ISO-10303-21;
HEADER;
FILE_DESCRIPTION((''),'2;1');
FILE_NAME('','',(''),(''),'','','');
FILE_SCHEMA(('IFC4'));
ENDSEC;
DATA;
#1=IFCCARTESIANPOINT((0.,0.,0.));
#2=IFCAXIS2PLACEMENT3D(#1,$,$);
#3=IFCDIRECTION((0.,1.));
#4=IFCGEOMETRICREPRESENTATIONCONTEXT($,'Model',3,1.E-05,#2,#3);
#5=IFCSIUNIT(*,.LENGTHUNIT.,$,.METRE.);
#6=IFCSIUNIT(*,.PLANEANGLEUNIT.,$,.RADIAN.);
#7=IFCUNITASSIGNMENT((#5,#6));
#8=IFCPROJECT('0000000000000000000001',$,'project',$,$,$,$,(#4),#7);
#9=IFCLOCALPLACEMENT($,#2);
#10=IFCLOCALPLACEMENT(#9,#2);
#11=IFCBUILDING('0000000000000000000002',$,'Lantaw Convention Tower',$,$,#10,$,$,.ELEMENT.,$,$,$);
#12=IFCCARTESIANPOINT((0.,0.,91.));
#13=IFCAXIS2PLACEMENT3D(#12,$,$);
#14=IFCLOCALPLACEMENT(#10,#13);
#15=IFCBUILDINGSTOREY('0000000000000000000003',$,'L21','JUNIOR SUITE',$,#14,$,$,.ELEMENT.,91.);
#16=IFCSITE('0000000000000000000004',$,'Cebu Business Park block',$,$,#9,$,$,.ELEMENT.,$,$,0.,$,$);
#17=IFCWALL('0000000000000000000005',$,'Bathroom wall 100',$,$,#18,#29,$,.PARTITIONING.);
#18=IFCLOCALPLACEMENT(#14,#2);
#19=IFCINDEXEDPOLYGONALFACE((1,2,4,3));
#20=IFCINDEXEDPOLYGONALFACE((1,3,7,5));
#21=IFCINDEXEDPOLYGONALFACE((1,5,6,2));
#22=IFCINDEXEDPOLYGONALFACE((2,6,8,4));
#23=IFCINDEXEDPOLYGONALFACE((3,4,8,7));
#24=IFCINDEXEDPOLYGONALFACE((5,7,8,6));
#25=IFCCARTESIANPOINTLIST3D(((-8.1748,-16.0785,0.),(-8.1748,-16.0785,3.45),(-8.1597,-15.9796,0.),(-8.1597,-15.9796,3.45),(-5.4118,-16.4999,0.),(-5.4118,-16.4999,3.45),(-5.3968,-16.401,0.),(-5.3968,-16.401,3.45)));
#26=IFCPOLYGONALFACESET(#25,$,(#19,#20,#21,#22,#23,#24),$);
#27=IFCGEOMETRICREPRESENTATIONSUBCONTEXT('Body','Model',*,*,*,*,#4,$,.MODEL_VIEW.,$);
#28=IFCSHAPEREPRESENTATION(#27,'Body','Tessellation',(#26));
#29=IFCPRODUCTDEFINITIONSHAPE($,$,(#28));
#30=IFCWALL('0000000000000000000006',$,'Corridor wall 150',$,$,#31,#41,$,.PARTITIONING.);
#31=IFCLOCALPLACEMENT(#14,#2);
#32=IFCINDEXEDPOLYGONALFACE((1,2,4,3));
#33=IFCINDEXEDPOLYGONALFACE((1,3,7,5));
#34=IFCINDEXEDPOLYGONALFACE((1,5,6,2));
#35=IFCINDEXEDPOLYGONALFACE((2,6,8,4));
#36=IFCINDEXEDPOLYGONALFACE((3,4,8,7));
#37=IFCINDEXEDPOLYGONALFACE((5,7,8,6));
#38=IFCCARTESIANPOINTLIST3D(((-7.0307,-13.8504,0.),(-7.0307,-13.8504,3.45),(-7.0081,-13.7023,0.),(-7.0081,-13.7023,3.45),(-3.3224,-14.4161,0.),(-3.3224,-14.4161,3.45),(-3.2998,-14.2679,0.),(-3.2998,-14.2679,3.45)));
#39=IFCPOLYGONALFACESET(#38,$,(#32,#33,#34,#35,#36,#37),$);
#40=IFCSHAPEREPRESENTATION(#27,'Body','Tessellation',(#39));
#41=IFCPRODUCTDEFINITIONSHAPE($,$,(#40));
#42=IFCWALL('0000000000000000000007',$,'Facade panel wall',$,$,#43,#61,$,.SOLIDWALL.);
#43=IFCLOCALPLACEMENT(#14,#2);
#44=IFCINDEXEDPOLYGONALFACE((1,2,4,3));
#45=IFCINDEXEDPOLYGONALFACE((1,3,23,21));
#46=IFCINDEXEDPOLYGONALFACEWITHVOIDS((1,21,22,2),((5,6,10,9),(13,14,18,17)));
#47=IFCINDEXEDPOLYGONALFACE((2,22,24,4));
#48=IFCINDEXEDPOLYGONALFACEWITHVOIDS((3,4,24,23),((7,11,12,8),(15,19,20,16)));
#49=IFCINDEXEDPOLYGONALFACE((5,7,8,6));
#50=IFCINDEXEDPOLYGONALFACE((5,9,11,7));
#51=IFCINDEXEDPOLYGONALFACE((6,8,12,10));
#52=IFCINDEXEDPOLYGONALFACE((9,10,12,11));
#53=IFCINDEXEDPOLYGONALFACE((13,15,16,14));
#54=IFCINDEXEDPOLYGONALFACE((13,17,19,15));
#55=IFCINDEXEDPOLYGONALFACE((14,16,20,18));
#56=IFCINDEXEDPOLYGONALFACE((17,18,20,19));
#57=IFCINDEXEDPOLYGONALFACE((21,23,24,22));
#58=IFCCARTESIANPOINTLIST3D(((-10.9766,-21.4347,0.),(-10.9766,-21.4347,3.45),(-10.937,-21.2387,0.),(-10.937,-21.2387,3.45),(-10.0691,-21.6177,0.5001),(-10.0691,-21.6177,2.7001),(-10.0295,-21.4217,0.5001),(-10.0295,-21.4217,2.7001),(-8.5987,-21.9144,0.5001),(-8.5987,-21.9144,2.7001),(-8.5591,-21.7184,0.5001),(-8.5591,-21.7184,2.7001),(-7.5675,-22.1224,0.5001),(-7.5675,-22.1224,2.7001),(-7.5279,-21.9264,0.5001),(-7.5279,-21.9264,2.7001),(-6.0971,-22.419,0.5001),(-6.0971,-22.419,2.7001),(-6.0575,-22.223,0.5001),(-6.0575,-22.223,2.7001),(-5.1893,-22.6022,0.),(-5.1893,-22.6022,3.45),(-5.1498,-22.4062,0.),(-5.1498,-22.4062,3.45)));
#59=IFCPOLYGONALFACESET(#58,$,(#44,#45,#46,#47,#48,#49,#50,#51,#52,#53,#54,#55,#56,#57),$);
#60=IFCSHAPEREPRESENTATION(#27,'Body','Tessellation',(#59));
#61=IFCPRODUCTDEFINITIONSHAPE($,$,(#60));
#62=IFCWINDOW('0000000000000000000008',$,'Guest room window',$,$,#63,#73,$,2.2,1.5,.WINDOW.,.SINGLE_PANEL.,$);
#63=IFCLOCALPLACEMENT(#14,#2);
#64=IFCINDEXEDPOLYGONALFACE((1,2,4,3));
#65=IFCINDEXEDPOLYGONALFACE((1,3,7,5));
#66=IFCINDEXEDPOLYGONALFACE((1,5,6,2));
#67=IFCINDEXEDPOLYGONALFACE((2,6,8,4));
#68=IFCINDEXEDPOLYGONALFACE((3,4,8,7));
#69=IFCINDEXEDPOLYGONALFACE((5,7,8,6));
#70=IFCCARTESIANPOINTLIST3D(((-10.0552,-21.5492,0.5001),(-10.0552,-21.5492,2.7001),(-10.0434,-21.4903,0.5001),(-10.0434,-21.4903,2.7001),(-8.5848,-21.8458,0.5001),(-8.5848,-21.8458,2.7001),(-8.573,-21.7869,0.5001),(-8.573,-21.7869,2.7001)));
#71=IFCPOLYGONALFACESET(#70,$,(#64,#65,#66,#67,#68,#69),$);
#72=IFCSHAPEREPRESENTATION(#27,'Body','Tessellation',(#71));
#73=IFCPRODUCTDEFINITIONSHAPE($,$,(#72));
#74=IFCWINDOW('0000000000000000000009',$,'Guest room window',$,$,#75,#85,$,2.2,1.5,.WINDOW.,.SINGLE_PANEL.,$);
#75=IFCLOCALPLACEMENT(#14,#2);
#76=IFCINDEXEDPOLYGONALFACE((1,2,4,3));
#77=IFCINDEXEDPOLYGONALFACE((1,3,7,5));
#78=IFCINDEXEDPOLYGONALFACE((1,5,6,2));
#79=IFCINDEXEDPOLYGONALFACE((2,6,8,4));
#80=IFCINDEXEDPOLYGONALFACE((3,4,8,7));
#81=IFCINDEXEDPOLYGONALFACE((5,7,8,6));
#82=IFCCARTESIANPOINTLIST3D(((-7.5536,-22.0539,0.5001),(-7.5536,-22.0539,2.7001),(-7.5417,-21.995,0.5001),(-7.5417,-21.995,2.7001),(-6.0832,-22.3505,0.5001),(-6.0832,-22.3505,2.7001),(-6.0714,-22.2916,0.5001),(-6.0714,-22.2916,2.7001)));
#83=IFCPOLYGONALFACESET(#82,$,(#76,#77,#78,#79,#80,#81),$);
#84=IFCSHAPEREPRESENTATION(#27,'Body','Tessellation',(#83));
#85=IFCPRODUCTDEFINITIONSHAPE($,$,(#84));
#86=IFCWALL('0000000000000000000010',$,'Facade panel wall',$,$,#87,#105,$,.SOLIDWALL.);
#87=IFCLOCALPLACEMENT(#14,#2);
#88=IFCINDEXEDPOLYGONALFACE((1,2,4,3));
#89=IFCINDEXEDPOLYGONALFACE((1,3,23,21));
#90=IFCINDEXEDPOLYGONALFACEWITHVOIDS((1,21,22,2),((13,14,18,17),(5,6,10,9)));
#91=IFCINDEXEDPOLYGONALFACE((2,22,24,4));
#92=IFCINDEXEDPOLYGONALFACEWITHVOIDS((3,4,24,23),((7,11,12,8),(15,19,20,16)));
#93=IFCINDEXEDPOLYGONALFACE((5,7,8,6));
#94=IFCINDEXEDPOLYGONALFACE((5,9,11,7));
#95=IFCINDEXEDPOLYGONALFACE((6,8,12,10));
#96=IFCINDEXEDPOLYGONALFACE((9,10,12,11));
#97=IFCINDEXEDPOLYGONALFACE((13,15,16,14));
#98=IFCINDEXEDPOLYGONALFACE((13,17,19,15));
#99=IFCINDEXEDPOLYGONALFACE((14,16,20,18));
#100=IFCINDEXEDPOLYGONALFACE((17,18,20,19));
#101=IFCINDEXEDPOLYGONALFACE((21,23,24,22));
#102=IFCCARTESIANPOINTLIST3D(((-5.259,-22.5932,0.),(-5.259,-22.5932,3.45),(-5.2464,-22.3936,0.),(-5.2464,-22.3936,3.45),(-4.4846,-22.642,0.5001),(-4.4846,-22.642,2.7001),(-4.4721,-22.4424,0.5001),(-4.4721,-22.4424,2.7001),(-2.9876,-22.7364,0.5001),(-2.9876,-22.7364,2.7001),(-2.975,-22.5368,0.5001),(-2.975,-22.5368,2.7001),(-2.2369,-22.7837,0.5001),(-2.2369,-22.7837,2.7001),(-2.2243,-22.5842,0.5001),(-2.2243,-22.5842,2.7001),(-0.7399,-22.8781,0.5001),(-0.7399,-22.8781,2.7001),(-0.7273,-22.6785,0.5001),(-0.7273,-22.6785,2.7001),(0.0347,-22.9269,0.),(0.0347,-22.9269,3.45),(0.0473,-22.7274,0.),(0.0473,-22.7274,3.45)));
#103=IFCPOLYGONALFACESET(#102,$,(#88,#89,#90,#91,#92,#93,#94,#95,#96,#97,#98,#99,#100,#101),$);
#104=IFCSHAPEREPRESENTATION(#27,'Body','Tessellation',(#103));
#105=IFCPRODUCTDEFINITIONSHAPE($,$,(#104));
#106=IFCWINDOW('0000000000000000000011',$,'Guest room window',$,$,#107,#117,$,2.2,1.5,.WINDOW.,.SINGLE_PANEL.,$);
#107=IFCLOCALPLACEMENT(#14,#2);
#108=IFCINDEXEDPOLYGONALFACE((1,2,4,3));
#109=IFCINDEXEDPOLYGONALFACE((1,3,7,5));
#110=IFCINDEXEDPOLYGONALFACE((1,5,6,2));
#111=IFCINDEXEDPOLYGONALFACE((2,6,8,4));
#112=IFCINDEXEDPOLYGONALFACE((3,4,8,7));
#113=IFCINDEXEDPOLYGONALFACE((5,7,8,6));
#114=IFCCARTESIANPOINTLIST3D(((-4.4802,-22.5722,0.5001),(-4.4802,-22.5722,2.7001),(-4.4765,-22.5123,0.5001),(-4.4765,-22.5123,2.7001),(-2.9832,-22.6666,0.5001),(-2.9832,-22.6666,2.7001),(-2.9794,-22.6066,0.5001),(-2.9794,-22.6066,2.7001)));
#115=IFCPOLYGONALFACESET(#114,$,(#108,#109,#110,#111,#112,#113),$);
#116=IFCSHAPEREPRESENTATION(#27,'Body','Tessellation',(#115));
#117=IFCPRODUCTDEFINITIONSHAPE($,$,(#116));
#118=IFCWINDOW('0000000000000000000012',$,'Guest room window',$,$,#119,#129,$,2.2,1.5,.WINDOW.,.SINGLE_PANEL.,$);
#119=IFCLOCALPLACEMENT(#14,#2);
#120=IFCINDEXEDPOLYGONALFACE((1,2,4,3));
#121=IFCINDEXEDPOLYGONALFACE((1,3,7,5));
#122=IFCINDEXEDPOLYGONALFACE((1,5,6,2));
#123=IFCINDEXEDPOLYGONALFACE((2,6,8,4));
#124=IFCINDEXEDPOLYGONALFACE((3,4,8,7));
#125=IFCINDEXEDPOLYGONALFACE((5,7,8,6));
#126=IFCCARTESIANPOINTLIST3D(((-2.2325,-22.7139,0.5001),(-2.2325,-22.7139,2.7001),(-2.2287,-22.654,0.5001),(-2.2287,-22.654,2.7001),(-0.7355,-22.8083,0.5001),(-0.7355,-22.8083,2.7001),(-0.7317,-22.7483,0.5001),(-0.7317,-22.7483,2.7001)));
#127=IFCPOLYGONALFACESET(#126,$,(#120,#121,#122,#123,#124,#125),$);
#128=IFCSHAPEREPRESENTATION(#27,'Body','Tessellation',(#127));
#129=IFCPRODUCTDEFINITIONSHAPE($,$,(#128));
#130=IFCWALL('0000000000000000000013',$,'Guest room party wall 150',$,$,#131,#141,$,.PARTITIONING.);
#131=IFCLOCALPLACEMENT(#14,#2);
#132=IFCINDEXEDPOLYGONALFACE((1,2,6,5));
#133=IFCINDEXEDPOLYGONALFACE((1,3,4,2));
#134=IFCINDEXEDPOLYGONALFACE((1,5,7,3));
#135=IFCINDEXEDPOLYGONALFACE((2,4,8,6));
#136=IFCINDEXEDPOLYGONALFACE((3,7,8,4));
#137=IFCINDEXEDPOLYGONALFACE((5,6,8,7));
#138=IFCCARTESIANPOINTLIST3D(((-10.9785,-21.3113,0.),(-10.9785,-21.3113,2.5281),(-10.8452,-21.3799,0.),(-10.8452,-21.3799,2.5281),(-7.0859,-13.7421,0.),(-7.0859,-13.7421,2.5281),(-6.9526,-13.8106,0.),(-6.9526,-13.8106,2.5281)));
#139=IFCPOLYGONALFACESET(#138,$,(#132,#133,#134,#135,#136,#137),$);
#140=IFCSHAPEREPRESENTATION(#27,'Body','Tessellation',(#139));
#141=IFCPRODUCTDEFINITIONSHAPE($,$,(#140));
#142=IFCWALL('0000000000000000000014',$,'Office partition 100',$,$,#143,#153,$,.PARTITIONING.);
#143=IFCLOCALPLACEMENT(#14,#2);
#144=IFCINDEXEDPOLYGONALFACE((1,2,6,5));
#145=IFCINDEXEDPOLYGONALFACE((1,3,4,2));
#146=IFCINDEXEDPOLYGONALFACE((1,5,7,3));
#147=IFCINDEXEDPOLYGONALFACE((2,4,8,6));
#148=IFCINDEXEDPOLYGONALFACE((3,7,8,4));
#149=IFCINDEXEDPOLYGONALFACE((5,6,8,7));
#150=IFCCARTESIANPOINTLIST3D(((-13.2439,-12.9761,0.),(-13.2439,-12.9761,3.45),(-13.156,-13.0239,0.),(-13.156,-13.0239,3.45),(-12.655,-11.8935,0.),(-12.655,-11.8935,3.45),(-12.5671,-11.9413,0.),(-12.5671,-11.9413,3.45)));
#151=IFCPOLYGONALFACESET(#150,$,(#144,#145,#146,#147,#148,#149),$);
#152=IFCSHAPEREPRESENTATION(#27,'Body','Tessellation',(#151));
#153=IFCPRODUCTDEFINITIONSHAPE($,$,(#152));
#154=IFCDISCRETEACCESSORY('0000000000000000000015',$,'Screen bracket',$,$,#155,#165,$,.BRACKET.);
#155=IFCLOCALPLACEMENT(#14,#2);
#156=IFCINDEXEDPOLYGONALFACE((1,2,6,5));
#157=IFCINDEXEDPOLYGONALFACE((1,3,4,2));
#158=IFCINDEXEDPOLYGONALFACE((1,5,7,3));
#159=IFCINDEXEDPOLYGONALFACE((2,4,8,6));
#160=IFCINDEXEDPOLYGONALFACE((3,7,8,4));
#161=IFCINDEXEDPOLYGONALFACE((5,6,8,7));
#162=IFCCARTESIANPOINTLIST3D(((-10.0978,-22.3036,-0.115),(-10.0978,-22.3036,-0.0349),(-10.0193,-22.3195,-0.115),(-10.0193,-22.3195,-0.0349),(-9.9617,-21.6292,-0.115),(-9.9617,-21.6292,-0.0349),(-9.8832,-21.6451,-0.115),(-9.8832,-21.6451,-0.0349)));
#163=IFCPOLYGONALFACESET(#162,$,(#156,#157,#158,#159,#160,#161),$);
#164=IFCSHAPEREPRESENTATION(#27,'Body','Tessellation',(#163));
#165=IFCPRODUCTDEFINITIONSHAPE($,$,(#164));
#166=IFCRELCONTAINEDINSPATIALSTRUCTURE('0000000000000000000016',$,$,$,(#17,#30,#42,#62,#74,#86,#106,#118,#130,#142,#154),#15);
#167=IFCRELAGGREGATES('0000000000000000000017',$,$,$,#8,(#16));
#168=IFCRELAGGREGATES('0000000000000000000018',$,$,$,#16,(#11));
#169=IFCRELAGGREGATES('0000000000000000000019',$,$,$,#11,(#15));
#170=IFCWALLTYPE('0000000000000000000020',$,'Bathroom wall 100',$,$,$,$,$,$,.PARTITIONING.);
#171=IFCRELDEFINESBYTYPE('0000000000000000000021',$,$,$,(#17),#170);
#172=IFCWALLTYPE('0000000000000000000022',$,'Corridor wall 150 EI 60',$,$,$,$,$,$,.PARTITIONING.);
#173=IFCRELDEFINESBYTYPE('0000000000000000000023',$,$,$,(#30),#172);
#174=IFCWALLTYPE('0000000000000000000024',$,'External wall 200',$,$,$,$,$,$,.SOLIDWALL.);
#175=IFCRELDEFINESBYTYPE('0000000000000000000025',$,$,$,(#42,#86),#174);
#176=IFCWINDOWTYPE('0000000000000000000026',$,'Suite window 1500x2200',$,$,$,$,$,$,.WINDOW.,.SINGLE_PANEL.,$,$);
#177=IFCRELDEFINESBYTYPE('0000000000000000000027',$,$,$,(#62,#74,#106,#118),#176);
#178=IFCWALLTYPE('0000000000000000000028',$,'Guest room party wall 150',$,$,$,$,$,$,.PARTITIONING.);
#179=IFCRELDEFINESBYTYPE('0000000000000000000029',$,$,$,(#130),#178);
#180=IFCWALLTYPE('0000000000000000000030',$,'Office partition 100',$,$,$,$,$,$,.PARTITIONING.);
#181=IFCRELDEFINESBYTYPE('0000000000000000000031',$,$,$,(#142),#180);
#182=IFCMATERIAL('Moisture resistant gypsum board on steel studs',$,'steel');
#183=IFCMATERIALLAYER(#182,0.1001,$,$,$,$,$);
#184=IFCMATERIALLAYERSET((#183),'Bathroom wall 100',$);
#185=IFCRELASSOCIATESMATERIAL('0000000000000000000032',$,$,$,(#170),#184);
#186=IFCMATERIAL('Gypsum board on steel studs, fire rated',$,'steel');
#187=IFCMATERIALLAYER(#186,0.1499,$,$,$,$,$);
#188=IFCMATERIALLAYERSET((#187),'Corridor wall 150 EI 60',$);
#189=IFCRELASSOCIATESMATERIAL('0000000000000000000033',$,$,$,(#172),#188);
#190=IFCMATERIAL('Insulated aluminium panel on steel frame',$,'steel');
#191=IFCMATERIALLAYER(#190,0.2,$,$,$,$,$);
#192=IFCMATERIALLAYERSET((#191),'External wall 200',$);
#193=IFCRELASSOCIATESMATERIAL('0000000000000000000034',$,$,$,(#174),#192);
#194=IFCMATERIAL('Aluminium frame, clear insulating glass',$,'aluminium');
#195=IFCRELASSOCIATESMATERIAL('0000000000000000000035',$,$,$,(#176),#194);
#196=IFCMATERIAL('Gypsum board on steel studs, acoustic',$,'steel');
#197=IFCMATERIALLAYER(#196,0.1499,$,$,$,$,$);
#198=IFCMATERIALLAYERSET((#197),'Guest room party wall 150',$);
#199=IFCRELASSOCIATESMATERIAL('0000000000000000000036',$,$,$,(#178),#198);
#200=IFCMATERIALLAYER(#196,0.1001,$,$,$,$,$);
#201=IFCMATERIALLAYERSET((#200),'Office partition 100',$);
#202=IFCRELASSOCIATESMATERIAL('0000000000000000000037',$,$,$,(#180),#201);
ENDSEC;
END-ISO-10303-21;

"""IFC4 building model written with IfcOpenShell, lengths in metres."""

from ifc_helpers import new_model, si_unit, direction, frame, frame_2d, origin, origin_2d, place, context, subcontext, project, spatial, rectangle, extrude, material, layer, layer_set, type_object, element, fill, save


model = new_model("IFC4")

# Units and contexts
model_context = context("Model", 3, precision=1e-05, world=origin(), true_north=direction((0.0, 1.0)))
body_context = subcontext(model_context, "Body", "Model", "MODEL_VIEW")
ifc_project = project(units=[si_unit("LENGTHUNIT", "METRE"), si_unit("PLANEANGLEUNIT", "RADIAN")], contexts=[model_context])

# Site, building, storey
site_placement = place(None, origin())
site = spatial("IfcSite", under=ifc_project, at=site_placement, Name="Cebu Business Park block", CompositionType="ELEMENT", RefElevation=0.0)
building_placement = place(site_placement, origin())
building = spatial("IfcBuilding", under=site, at=building_placement, Name="Lantaw Convention Tower", CompositionType="ELEMENT")
storey_placement = place(building_placement, frame((0.0, 0.0, 91.0)))
storey = spatial("IfcBuildingStorey", under=building, at=storey_placement, Name="L21", Description="JUNIOR SUITE", CompositionType="ELEMENT", Elevation=91.0)

# Walls
ifc_material_1 = material(Name="Moisture resistant gypsum board on steel studs", Category="steel")
ifc_layer_1 = layer(ifc_material_1, 0.1001)
ifc_layer_set_1 = layer_set([ifc_layer_1], Name="Bathroom wall 100")
wall_type_1 = type_object("IfcWallType", Name="Bathroom wall 100", PredefinedType="PARTITIONING", material=ifc_layer_set_1)
wall_1_placement = place(storey_placement, frame((-5.4043, -16.4504, 0.0), z_axis=(0.0, 0.0, 1.0), x_axis=(-0.988569, 0.15077, 0.0)))
element("IfcWall", 1, at=wall_1_placement, inside=storey, type_object=wall_type_1, Name="Bathroom wall 100", PredefinedType="PARTITIONING", context=body_context, shape_type="SweptSolid", body=[
    extrude(rectangle(XDim=2.7949, YDim=0.1001, at=frame_2d((1.3975, 0.0))), origin(), (0.0, 0.0, 1.0), 3.45),
])
ifc_material_2 = material(Name="Gypsum board on steel studs, fire rated", Category="steel")
ifc_layer_2 = layer(ifc_material_2, 0.1499)
ifc_layer_set_2 = layer_set([ifc_layer_2], Name="Corridor wall 150 EI 60")
wall_type_2 = type_object("IfcWallType", Name="Corridor wall 150 EI 60", PredefinedType="PARTITIONING", material=ifc_layer_set_2)
wall_2_placement = place(storey_placement, frame((-7.0193, -13.7764, 0.0), z_axis=(0.0, 0.0, 1.0), x_axis=(0.988564, -0.1508, 0.0)))
element("IfcWall", 2, at=wall_2_placement, inside=storey, type_object=wall_type_2, Name="Corridor wall 150", PredefinedType="PARTITIONING", context=body_context, shape_type="SweptSolid", body=[
    extrude(rectangle(XDim=3.7512, YDim=0.1499, at=frame_2d((1.8755, 0.0))), origin(), (0.0, 0.0, 1.0), 3.45),
])

# Walls, openings, windows
ifc_material_3 = material(Name="Insulated aluminium panel on steel frame", Category="steel")
ifc_layer_3 = layer(ifc_material_3, 0.2)
ifc_layer_set_3 = layer_set([ifc_layer_3], Name="External wall 200")
wall_type_3 = type_object("IfcWallType", Name="External wall 200", PredefinedType="SOLIDWALL", material=ifc_layer_set_3)
wall_3_placement = place(storey_placement, frame((-10.9568, -21.3367, 0.0), z_axis=(0.0, 0.0, 1.0), x_axis=(0.980252, -0.197754, 0.0)))
wall_3 = element("IfcWall", 3, at=wall_3_placement, inside=storey, type_object=wall_type_3, Name="Facade panel wall", PredefinedType="SOLIDWALL", context=body_context, shape_type="SweptSolid", body=[
    extrude(rectangle(XDim=5.9038, YDim=0.2, at=frame_2d((2.9519, 0.0))), origin(), (0.0, 0.0, 1.0), 3.45),
])
opening_1_placement = place(wall_3_placement, frame((0.9258, 0.0, 0.5)))
opening_1 = element("IfcOpeningElement", 4, at=opening_1_placement, cuts=wall_3, PredefinedType="OPENING", context=body_context, shape_type="SweptSolid", body=[
    extrude(rectangle(XDim=1.5, YDim=2.2, at=frame_2d((0.75, 1.1001))), frame((0.0, 0.1099, 0.0), z_axis=(0.0, -1.0, 0.0), x_axis=(1.0, 0.0, 0.0)), (0.0, 0.0, 1.0), 0.22),
])
opening_2_placement = place(wall_3_placement, frame((3.4778, 0.0, 0.5)))
opening_2 = element("IfcOpeningElement", 5, at=opening_2_placement, cuts=wall_3, PredefinedType="OPENING", context=body_context, shape_type="SweptSolid", body=[
    extrude(rectangle(XDim=1.5, YDim=2.2, at=frame_2d((0.75, 1.1001))), frame((0.0, 0.1099, 0.0), z_axis=(0.0, -1.0, 0.0), x_axis=(1.0, 0.0, 0.0)), (0.0, 0.0, 1.0), 0.22),
])
ifc_material_4 = material(Name="Aluminium frame, clear insulating glass", Category="aluminium")
window_type = type_object("IfcWindowType", Name="Suite window 1500x2200", PartitioningType="SINGLE_PANEL", PredefinedType="WINDOW", material=ifc_material_4)
window_1_placement = place(opening_1_placement, origin())
window_1 = element("IfcWindow", 6, at=window_1_placement, inside=storey, type_object=window_type, Name="Guest room window", OverallHeight=2.2, OverallWidth=1.5, PartitioningType="SINGLE_PANEL", PredefinedType="WINDOW", context=body_context, shape_type="SweptSolid", body=[
    extrude(rectangle(XDim=1.5, YDim=2.2, at=frame_2d((0.75, 1.1001))), frame((0.0, 0.03, 0.0), z_axis=(0.0, -1.0, 0.0), x_axis=(1.0, 0.0, 0.0)), (0.0, 0.0, 1.0), 0.0601),
])
fill(opening_1, window_1)
window_2_placement = place(opening_2_placement, origin())
window_2 = element("IfcWindow", 7, at=window_2_placement, inside=storey, type_object=window_type, Name="Guest room window", OverallHeight=2.2, OverallWidth=1.5, PartitioningType="SINGLE_PANEL", PredefinedType="WINDOW", context=body_context, shape_type="SweptSolid", body=[
    extrude(rectangle(XDim=1.5, YDim=2.2, at=frame_2d((0.75, 1.1001))), frame((0.0, 0.03, 0.0), z_axis=(0.0, -1.0, 0.0), x_axis=(1.0, 0.0, 0.0)), (0.0, 0.0, 1.0), 0.0601),
])
fill(opening_2, window_2)
wall_4_placement = place(storey_placement, frame((-5.2527, -22.4934, 0.0), z_axis=(0.0, 0.0, 1.0), x_axis=(0.998019, -0.06292, 0.0)))
wall_4 = element("IfcWall", 8, at=wall_4_placement, inside=storey, type_object=wall_type_3, Name="Facade panel wall", PredefinedType="SOLIDWALL", context=body_context, shape_type="SweptSolid", body=[
    extrude(rectangle(XDim=5.3042, YDim=0.2, at=frame_2d((2.6521, 0.0))), origin(), (0.0, 0.0, 1.0), 3.45),
])
opening_3_placement = place(wall_4_placement, frame((0.7759, 0.0, 0.5)))
opening_3 = element("IfcOpeningElement", 9, at=opening_3_placement, cuts=wall_4, PredefinedType="OPENING", context=body_context, shape_type="SweptSolid", body=[
    extrude(rectangle(XDim=1.5, YDim=2.2, at=frame_2d((0.75, 1.1001))), frame((0.0, 0.1099, 0.0), z_axis=(0.0, -1.0, 0.0), x_axis=(1.0, 0.0, 0.0)), (0.0, 0.0, 1.0), 0.22),
])
opening_4_placement = place(wall_4_placement, frame((3.0281, 0.0, 0.5)))
opening_4 = element("IfcOpeningElement", 10, at=opening_4_placement, cuts=wall_4, PredefinedType="OPENING", context=body_context, shape_type="SweptSolid", body=[
    extrude(rectangle(XDim=1.5, YDim=2.2, at=frame_2d((0.75, 1.1001))), frame((0.0, 0.1099, 0.0), z_axis=(0.0, -1.0, 0.0), x_axis=(1.0, 0.0, 0.0)), (0.0, 0.0, 1.0), 0.22),
])
window_3_placement = place(opening_3_placement, origin())
window_3 = element("IfcWindow", 11, at=window_3_placement, inside=storey, type_object=window_type, Name="Guest room window", OverallHeight=2.2, OverallWidth=1.5, PartitioningType="SINGLE_PANEL", PredefinedType="WINDOW", context=body_context, shape_type="SweptSolid", body=[
    extrude(rectangle(XDim=1.5, YDim=2.2, at=frame_2d((0.75, 1.1001))), frame((0.0, 0.03, 0.0), z_axis=(0.0, -1.0, 0.0), x_axis=(1.0, 0.0, 0.0)), (0.0, 0.0, 1.0), 0.0601),
])
fill(opening_3, window_3)
window_4_placement = place(opening_4_placement, origin())
window_4 = element("IfcWindow", 12, at=window_4_placement, inside=storey, type_object=window_type, Name="Guest room window", OverallHeight=2.2, OverallWidth=1.5, PartitioningType="SINGLE_PANEL", PredefinedType="WINDOW", context=body_context, shape_type="SweptSolid", body=[
    extrude(rectangle(XDim=1.5, YDim=2.2, at=frame_2d((0.75, 1.1001))), frame((0.0, 0.03, 0.0), z_axis=(0.0, -1.0, 0.0), x_axis=(1.0, 0.0, 0.0)), (0.0, 0.0, 1.0), 0.0601),
])
fill(opening_4, window_4)

# Walls
ifc_material_5 = material(Name="Gypsum board on steel studs, acoustic", Category="steel")
ifc_layer_4 = layer(ifc_material_5, 0.1499)
ifc_layer_set_4 = layer_set([ifc_layer_4], Name="Guest room party wall 150")
wall_type_4 = type_object("IfcWallType", Name="Guest room party wall 150", PredefinedType="PARTITIONING", material=ifc_layer_set_4)
wall_5_placement = place(storey_placement, frame((-10.9119, -21.3457, 0.0), z_axis=(0.0, 0.0, 1.0), x_axis=(0.457327, 0.889298, 0.0)))
element("IfcWall", 13, at=wall_5_placement, inside=storey, type_object=wall_type_4, Name="Guest room party wall 150", PredefinedType="PARTITIONING", context=body_context, shape_type="SweptSolid", body=[
    extrude(rectangle(XDim=8.5115, YDim=0.1499, at=frame_2d((4.2559, 0.0))), origin(), (0.0, 0.0, 1.0), 2.5281),
])
ifc_layer_5 = layer(ifc_material_5, 0.1001)
ifc_layer_set_5 = layer_set([ifc_layer_5], Name="Office partition 100")
wall_type_5 = type_object("IfcWallType", Name="Office partition 100", PredefinedType="PARTITIONING", material=ifc_layer_set_5)
wall_6_placement = place(storey_placement, frame((-13.2, -13.0, 0.0), z_axis=(0.0, 0.0, 1.0), x_axis=(0.477852, 0.87844, 0.0)))
element("IfcWall", 14, at=wall_6_placement, inside=storey, type_object=wall_type_5, Name="Office partition 100", PredefinedType="PARTITIONING", context=body_context, shape_type="SweptSolid", body=[
    extrude(rectangle(XDim=1.2324, YDim=0.1001, at=frame_2d((0.6162, 0.0))), origin(), (0.0, 0.0, 1.0), 3.45),
])

# Discrete accessory
discrete_accessory_placement = place(storey_placement, frame((-9.9905, -21.9744, -0.115), z_axis=(0.0, 0.0, 1.0), x_axis=(0.980245, -0.197789, 0.0)))
element("IfcDiscreteAccessory", 15, at=discrete_accessory_placement, inside=storey, Name="Screen bracket", PredefinedType="BRACKET", context=body_context, shape_type="SweptSolid", body=[
    extrude(rectangle(XDim=0.0801, YDim=0.688, at=origin_2d()), origin(), (0.0, 0.0, 1.0), 0.0801),
])

save(model, "model.ifc")
